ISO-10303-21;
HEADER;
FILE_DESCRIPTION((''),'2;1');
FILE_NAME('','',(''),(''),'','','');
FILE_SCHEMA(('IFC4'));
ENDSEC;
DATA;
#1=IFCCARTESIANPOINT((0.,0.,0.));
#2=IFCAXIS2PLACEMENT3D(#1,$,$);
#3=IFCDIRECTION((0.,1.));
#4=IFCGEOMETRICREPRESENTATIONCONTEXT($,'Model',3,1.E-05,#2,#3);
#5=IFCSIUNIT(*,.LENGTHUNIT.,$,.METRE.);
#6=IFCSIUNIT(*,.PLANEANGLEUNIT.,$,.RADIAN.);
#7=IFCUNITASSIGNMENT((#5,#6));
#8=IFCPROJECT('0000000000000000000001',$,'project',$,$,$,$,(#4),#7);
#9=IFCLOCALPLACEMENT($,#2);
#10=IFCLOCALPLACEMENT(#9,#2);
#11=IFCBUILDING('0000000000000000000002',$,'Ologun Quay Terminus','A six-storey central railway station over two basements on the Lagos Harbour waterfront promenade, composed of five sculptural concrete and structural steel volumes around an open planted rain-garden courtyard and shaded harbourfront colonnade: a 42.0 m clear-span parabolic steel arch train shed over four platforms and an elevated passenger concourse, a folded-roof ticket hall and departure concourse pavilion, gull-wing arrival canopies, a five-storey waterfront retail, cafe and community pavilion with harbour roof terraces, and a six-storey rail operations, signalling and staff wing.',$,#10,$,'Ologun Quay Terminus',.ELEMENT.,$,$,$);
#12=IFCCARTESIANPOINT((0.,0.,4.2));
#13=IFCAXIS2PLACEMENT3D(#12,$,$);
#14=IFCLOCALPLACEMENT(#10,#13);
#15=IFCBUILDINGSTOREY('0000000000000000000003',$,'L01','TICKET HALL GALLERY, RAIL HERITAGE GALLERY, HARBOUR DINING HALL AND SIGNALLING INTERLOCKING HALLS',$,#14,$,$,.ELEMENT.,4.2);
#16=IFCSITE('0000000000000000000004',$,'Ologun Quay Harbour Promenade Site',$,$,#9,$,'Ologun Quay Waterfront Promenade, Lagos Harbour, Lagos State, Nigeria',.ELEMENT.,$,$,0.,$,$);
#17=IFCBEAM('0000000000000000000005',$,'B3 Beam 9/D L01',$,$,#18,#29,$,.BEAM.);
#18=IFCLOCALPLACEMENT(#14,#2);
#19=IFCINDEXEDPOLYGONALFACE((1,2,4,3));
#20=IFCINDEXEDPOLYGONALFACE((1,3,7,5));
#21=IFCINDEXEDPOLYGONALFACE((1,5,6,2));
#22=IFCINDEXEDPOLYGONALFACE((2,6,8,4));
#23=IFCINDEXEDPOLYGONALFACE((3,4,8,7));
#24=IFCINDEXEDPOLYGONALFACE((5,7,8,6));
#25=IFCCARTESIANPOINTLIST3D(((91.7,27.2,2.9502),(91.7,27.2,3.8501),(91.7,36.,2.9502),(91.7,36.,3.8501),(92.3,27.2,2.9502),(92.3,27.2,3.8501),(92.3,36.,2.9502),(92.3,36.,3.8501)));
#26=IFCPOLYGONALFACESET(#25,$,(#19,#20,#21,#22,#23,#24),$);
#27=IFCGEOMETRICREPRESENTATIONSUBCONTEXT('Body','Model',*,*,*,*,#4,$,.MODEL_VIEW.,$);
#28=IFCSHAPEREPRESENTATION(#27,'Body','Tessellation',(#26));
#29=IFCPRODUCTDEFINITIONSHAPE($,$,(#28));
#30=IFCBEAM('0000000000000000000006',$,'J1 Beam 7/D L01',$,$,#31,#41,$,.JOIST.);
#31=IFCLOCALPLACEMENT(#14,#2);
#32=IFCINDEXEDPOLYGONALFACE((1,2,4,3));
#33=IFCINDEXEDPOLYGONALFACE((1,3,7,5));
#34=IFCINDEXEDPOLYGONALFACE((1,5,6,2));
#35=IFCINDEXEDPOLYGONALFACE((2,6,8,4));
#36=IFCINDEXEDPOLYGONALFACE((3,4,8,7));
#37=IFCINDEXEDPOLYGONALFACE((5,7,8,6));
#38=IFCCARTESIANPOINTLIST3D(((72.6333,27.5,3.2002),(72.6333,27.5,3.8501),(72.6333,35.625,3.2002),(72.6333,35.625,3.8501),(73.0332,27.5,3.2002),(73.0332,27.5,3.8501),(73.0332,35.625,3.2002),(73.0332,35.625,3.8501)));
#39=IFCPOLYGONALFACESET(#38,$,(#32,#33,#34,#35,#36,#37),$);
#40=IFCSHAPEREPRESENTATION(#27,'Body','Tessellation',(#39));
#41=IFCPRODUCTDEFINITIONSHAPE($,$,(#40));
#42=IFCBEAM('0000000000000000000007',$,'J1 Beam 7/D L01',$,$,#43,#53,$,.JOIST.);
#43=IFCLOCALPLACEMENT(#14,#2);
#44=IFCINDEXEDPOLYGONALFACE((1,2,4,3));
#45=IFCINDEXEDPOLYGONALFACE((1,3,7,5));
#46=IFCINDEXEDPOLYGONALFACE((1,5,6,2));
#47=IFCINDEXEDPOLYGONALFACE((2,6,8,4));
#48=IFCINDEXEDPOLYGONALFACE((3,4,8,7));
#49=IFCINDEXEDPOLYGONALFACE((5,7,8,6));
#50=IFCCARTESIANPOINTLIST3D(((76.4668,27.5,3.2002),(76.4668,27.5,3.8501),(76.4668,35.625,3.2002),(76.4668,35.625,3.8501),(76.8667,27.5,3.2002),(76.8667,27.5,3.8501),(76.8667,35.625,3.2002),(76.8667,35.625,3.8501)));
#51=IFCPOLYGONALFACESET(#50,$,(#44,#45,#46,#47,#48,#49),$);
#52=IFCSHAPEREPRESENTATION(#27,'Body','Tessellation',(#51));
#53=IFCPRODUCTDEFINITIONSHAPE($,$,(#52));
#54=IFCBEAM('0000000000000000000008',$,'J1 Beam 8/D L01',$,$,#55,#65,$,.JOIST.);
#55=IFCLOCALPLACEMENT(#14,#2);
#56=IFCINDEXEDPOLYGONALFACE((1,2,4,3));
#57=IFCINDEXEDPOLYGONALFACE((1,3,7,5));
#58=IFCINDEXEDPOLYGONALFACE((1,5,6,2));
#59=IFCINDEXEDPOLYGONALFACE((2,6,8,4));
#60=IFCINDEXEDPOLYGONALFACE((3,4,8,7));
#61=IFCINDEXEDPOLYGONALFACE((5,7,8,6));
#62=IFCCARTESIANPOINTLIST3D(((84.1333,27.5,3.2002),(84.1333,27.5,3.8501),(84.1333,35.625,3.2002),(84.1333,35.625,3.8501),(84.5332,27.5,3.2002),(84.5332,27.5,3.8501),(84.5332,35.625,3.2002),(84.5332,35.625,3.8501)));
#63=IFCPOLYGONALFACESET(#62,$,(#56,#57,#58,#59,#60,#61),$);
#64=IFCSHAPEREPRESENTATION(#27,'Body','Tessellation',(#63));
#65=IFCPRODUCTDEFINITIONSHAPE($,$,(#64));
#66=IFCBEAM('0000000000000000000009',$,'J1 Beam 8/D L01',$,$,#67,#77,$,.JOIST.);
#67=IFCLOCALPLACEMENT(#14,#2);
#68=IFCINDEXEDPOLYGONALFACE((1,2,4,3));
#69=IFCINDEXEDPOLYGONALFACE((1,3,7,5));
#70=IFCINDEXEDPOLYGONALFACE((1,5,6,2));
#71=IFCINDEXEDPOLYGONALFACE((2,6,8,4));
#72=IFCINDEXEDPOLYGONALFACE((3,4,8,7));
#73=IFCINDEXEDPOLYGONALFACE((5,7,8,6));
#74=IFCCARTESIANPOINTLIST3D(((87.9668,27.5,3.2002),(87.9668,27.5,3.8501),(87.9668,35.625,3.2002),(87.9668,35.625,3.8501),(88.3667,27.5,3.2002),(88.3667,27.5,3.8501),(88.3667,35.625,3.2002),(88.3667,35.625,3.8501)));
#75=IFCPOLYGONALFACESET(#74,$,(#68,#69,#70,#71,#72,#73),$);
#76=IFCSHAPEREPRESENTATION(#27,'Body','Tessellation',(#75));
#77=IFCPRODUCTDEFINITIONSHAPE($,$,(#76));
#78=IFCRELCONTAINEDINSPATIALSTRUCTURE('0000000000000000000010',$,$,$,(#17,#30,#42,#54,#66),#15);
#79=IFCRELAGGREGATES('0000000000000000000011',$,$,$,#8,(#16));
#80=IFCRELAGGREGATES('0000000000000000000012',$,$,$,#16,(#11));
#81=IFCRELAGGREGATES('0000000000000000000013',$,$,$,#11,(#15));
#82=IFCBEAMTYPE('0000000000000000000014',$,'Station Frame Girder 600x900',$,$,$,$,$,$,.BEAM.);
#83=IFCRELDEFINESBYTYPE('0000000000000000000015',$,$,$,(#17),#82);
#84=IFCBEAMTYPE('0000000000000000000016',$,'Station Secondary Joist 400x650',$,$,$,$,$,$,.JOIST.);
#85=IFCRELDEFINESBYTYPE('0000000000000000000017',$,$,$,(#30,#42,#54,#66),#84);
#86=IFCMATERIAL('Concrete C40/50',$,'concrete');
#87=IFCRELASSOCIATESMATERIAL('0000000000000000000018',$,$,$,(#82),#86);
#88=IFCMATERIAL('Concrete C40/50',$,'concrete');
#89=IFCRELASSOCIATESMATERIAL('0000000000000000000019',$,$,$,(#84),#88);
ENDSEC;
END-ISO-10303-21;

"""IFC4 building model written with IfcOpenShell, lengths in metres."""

from ifc_helpers import new_model, si_unit, direction, frame, origin, origin_2d, place, context, subcontext, project, spatial, rectangle, extrude, material, material_profile, profile_set, type_object, element, save


model = new_model("IFC4")

# Units and contexts
model_context = context("Model", 3, precision=1e-05, world=origin(), true_north=direction((0.0, 1.0)))
body_context = subcontext(model_context, "Body", "Model", "MODEL_VIEW")
ifc_project = project(units=[si_unit("LENGTHUNIT", "METRE"), si_unit("PLANEANGLEUNIT", "RADIAN")], contexts=[model_context])

# Site, building, storey
site_placement = place(None, origin())
site = spatial("IfcSite", under=ifc_project, at=site_placement, Name="Ologun Quay Harbour Promenade Site", LongName="Ologun Quay Waterfront Promenade, Lagos Harbour, Lagos State, Nigeria", CompositionType="ELEMENT", RefElevation=0.0)
building_placement = place(site_placement, origin())
building = spatial("IfcBuilding", under=site, at=building_placement, Name="Ologun Quay Terminus", Description="A six-storey central railway station over two basements on the Lagos Harbour waterfront promenade, composed of five sculptural concrete and structural steel volumes around an open planted rain-garden courtyard and shaded harbourfront colonnade: a 42.0 m clear-span parabolic steel arch train shed over four platforms and an elevated passenger concourse, a folded-roof ticket hall and departure concourse pavilion, gull-wing arrival canopies, a five-storey waterfront retail, cafe and community pavilion with harbour roof terraces, and a six-storey rail operations, signalling and staff wing.", LongName="Ologun Quay Terminus", CompositionType="ELEMENT")
storey_placement = place(building_placement, frame((0.0, 0.0, 4.2)))
storey = spatial("IfcBuildingStorey", under=building, at=storey_placement, Name="L01", Description="TICKET HALL GALLERY, RAIL HERITAGE GALLERY, HARBOUR DINING HALL AND SIGNALLING INTERLOCKING HALLS", CompositionType="ELEMENT", Elevation=4.2)

# Beams
ifc_material_1 = material(Name="Concrete C40/50", Category="concrete")
ifc_material_profile_1 = material_profile(ifc_material_1, rectangle(XDim=0.6001, YDim=0.8999, at=origin_2d()), Name="RC 600x900")
ifc_profile_set_1 = profile_set([ifc_material_profile_1], Name="Concrete C40/50")
beam_type_1 = type_object("IfcBeamType", Name="Station Frame Girder 600x900", PredefinedType="BEAM", material=ifc_profile_set_1)
for number, where, z_axis, x_axis, name in (
    (1, (92.0, 27.2, 3.4001), (0.0, 1.0, 0.0), (-1.0, 0.0, 0.0), "B3 Beam 9/D L01"),
):
    element("IfcBeam", number, at=place(storey_placement, frame(where, z_axis=z_axis, x_axis=x_axis)), inside=storey, type_object=beam_type_1, Name=name, PredefinedType="BEAM", context=body_context, shape_type="SweptSolid", body=[
        extrude(rectangle(XDim=0.6001, YDim=0.8999, at=origin_2d()), origin(), (0.0, 0.0, 1.0), 8.8),
    ])
ifc_material_2 = material(Name="Concrete C40/50", Category="concrete")
ifc_material_profile_2 = material_profile(ifc_material_2, rectangle(XDim=0.3999, YDim=0.6499, at=origin_2d()), Name="RC 400x650")
ifc_profile_set_2 = profile_set([ifc_material_profile_2], Name="Concrete C40/50")
beam_type_2 = type_object("IfcBeamType", Name="Station Secondary Joist 400x650", PredefinedType="JOIST", material=ifc_profile_set_2)
for number, where, z_axis, x_axis, name in (
    (2, (72.8333, 27.5, 3.5251), (0.0, 1.0, 0.0), (-1.0, 0.0, 0.0), "J1 Beam 7/D L01"),
    (3, (76.6667, 27.5, 3.5251), (0.0, 1.0, 0.0), (-1.0, 0.0, 0.0), "J1 Beam 7/D L01"),
    (4, (84.3333, 27.5, 3.5251), (0.0, 1.0, 0.0), (-1.0, 0.0, 0.0), "J1 Beam 8/D L01"),
    (5, (88.1667, 27.5, 3.5251), (0.0, 1.0, 0.0), (-1.0, 0.0, 0.0), "J1 Beam 8/D L01"),
):
    element("IfcBeam", number, at=place(storey_placement, frame(where, z_axis=z_axis, x_axis=x_axis)), inside=storey, type_object=beam_type_2, Name=name, PredefinedType="JOIST", context=body_context, shape_type="SweptSolid", body=[
        extrude(rectangle(XDim=0.3999, YDim=0.6499, at=origin_2d()), origin(), (0.0, 0.0, 1.0), 8.125),
    ])

save(model, "model.ifc")
